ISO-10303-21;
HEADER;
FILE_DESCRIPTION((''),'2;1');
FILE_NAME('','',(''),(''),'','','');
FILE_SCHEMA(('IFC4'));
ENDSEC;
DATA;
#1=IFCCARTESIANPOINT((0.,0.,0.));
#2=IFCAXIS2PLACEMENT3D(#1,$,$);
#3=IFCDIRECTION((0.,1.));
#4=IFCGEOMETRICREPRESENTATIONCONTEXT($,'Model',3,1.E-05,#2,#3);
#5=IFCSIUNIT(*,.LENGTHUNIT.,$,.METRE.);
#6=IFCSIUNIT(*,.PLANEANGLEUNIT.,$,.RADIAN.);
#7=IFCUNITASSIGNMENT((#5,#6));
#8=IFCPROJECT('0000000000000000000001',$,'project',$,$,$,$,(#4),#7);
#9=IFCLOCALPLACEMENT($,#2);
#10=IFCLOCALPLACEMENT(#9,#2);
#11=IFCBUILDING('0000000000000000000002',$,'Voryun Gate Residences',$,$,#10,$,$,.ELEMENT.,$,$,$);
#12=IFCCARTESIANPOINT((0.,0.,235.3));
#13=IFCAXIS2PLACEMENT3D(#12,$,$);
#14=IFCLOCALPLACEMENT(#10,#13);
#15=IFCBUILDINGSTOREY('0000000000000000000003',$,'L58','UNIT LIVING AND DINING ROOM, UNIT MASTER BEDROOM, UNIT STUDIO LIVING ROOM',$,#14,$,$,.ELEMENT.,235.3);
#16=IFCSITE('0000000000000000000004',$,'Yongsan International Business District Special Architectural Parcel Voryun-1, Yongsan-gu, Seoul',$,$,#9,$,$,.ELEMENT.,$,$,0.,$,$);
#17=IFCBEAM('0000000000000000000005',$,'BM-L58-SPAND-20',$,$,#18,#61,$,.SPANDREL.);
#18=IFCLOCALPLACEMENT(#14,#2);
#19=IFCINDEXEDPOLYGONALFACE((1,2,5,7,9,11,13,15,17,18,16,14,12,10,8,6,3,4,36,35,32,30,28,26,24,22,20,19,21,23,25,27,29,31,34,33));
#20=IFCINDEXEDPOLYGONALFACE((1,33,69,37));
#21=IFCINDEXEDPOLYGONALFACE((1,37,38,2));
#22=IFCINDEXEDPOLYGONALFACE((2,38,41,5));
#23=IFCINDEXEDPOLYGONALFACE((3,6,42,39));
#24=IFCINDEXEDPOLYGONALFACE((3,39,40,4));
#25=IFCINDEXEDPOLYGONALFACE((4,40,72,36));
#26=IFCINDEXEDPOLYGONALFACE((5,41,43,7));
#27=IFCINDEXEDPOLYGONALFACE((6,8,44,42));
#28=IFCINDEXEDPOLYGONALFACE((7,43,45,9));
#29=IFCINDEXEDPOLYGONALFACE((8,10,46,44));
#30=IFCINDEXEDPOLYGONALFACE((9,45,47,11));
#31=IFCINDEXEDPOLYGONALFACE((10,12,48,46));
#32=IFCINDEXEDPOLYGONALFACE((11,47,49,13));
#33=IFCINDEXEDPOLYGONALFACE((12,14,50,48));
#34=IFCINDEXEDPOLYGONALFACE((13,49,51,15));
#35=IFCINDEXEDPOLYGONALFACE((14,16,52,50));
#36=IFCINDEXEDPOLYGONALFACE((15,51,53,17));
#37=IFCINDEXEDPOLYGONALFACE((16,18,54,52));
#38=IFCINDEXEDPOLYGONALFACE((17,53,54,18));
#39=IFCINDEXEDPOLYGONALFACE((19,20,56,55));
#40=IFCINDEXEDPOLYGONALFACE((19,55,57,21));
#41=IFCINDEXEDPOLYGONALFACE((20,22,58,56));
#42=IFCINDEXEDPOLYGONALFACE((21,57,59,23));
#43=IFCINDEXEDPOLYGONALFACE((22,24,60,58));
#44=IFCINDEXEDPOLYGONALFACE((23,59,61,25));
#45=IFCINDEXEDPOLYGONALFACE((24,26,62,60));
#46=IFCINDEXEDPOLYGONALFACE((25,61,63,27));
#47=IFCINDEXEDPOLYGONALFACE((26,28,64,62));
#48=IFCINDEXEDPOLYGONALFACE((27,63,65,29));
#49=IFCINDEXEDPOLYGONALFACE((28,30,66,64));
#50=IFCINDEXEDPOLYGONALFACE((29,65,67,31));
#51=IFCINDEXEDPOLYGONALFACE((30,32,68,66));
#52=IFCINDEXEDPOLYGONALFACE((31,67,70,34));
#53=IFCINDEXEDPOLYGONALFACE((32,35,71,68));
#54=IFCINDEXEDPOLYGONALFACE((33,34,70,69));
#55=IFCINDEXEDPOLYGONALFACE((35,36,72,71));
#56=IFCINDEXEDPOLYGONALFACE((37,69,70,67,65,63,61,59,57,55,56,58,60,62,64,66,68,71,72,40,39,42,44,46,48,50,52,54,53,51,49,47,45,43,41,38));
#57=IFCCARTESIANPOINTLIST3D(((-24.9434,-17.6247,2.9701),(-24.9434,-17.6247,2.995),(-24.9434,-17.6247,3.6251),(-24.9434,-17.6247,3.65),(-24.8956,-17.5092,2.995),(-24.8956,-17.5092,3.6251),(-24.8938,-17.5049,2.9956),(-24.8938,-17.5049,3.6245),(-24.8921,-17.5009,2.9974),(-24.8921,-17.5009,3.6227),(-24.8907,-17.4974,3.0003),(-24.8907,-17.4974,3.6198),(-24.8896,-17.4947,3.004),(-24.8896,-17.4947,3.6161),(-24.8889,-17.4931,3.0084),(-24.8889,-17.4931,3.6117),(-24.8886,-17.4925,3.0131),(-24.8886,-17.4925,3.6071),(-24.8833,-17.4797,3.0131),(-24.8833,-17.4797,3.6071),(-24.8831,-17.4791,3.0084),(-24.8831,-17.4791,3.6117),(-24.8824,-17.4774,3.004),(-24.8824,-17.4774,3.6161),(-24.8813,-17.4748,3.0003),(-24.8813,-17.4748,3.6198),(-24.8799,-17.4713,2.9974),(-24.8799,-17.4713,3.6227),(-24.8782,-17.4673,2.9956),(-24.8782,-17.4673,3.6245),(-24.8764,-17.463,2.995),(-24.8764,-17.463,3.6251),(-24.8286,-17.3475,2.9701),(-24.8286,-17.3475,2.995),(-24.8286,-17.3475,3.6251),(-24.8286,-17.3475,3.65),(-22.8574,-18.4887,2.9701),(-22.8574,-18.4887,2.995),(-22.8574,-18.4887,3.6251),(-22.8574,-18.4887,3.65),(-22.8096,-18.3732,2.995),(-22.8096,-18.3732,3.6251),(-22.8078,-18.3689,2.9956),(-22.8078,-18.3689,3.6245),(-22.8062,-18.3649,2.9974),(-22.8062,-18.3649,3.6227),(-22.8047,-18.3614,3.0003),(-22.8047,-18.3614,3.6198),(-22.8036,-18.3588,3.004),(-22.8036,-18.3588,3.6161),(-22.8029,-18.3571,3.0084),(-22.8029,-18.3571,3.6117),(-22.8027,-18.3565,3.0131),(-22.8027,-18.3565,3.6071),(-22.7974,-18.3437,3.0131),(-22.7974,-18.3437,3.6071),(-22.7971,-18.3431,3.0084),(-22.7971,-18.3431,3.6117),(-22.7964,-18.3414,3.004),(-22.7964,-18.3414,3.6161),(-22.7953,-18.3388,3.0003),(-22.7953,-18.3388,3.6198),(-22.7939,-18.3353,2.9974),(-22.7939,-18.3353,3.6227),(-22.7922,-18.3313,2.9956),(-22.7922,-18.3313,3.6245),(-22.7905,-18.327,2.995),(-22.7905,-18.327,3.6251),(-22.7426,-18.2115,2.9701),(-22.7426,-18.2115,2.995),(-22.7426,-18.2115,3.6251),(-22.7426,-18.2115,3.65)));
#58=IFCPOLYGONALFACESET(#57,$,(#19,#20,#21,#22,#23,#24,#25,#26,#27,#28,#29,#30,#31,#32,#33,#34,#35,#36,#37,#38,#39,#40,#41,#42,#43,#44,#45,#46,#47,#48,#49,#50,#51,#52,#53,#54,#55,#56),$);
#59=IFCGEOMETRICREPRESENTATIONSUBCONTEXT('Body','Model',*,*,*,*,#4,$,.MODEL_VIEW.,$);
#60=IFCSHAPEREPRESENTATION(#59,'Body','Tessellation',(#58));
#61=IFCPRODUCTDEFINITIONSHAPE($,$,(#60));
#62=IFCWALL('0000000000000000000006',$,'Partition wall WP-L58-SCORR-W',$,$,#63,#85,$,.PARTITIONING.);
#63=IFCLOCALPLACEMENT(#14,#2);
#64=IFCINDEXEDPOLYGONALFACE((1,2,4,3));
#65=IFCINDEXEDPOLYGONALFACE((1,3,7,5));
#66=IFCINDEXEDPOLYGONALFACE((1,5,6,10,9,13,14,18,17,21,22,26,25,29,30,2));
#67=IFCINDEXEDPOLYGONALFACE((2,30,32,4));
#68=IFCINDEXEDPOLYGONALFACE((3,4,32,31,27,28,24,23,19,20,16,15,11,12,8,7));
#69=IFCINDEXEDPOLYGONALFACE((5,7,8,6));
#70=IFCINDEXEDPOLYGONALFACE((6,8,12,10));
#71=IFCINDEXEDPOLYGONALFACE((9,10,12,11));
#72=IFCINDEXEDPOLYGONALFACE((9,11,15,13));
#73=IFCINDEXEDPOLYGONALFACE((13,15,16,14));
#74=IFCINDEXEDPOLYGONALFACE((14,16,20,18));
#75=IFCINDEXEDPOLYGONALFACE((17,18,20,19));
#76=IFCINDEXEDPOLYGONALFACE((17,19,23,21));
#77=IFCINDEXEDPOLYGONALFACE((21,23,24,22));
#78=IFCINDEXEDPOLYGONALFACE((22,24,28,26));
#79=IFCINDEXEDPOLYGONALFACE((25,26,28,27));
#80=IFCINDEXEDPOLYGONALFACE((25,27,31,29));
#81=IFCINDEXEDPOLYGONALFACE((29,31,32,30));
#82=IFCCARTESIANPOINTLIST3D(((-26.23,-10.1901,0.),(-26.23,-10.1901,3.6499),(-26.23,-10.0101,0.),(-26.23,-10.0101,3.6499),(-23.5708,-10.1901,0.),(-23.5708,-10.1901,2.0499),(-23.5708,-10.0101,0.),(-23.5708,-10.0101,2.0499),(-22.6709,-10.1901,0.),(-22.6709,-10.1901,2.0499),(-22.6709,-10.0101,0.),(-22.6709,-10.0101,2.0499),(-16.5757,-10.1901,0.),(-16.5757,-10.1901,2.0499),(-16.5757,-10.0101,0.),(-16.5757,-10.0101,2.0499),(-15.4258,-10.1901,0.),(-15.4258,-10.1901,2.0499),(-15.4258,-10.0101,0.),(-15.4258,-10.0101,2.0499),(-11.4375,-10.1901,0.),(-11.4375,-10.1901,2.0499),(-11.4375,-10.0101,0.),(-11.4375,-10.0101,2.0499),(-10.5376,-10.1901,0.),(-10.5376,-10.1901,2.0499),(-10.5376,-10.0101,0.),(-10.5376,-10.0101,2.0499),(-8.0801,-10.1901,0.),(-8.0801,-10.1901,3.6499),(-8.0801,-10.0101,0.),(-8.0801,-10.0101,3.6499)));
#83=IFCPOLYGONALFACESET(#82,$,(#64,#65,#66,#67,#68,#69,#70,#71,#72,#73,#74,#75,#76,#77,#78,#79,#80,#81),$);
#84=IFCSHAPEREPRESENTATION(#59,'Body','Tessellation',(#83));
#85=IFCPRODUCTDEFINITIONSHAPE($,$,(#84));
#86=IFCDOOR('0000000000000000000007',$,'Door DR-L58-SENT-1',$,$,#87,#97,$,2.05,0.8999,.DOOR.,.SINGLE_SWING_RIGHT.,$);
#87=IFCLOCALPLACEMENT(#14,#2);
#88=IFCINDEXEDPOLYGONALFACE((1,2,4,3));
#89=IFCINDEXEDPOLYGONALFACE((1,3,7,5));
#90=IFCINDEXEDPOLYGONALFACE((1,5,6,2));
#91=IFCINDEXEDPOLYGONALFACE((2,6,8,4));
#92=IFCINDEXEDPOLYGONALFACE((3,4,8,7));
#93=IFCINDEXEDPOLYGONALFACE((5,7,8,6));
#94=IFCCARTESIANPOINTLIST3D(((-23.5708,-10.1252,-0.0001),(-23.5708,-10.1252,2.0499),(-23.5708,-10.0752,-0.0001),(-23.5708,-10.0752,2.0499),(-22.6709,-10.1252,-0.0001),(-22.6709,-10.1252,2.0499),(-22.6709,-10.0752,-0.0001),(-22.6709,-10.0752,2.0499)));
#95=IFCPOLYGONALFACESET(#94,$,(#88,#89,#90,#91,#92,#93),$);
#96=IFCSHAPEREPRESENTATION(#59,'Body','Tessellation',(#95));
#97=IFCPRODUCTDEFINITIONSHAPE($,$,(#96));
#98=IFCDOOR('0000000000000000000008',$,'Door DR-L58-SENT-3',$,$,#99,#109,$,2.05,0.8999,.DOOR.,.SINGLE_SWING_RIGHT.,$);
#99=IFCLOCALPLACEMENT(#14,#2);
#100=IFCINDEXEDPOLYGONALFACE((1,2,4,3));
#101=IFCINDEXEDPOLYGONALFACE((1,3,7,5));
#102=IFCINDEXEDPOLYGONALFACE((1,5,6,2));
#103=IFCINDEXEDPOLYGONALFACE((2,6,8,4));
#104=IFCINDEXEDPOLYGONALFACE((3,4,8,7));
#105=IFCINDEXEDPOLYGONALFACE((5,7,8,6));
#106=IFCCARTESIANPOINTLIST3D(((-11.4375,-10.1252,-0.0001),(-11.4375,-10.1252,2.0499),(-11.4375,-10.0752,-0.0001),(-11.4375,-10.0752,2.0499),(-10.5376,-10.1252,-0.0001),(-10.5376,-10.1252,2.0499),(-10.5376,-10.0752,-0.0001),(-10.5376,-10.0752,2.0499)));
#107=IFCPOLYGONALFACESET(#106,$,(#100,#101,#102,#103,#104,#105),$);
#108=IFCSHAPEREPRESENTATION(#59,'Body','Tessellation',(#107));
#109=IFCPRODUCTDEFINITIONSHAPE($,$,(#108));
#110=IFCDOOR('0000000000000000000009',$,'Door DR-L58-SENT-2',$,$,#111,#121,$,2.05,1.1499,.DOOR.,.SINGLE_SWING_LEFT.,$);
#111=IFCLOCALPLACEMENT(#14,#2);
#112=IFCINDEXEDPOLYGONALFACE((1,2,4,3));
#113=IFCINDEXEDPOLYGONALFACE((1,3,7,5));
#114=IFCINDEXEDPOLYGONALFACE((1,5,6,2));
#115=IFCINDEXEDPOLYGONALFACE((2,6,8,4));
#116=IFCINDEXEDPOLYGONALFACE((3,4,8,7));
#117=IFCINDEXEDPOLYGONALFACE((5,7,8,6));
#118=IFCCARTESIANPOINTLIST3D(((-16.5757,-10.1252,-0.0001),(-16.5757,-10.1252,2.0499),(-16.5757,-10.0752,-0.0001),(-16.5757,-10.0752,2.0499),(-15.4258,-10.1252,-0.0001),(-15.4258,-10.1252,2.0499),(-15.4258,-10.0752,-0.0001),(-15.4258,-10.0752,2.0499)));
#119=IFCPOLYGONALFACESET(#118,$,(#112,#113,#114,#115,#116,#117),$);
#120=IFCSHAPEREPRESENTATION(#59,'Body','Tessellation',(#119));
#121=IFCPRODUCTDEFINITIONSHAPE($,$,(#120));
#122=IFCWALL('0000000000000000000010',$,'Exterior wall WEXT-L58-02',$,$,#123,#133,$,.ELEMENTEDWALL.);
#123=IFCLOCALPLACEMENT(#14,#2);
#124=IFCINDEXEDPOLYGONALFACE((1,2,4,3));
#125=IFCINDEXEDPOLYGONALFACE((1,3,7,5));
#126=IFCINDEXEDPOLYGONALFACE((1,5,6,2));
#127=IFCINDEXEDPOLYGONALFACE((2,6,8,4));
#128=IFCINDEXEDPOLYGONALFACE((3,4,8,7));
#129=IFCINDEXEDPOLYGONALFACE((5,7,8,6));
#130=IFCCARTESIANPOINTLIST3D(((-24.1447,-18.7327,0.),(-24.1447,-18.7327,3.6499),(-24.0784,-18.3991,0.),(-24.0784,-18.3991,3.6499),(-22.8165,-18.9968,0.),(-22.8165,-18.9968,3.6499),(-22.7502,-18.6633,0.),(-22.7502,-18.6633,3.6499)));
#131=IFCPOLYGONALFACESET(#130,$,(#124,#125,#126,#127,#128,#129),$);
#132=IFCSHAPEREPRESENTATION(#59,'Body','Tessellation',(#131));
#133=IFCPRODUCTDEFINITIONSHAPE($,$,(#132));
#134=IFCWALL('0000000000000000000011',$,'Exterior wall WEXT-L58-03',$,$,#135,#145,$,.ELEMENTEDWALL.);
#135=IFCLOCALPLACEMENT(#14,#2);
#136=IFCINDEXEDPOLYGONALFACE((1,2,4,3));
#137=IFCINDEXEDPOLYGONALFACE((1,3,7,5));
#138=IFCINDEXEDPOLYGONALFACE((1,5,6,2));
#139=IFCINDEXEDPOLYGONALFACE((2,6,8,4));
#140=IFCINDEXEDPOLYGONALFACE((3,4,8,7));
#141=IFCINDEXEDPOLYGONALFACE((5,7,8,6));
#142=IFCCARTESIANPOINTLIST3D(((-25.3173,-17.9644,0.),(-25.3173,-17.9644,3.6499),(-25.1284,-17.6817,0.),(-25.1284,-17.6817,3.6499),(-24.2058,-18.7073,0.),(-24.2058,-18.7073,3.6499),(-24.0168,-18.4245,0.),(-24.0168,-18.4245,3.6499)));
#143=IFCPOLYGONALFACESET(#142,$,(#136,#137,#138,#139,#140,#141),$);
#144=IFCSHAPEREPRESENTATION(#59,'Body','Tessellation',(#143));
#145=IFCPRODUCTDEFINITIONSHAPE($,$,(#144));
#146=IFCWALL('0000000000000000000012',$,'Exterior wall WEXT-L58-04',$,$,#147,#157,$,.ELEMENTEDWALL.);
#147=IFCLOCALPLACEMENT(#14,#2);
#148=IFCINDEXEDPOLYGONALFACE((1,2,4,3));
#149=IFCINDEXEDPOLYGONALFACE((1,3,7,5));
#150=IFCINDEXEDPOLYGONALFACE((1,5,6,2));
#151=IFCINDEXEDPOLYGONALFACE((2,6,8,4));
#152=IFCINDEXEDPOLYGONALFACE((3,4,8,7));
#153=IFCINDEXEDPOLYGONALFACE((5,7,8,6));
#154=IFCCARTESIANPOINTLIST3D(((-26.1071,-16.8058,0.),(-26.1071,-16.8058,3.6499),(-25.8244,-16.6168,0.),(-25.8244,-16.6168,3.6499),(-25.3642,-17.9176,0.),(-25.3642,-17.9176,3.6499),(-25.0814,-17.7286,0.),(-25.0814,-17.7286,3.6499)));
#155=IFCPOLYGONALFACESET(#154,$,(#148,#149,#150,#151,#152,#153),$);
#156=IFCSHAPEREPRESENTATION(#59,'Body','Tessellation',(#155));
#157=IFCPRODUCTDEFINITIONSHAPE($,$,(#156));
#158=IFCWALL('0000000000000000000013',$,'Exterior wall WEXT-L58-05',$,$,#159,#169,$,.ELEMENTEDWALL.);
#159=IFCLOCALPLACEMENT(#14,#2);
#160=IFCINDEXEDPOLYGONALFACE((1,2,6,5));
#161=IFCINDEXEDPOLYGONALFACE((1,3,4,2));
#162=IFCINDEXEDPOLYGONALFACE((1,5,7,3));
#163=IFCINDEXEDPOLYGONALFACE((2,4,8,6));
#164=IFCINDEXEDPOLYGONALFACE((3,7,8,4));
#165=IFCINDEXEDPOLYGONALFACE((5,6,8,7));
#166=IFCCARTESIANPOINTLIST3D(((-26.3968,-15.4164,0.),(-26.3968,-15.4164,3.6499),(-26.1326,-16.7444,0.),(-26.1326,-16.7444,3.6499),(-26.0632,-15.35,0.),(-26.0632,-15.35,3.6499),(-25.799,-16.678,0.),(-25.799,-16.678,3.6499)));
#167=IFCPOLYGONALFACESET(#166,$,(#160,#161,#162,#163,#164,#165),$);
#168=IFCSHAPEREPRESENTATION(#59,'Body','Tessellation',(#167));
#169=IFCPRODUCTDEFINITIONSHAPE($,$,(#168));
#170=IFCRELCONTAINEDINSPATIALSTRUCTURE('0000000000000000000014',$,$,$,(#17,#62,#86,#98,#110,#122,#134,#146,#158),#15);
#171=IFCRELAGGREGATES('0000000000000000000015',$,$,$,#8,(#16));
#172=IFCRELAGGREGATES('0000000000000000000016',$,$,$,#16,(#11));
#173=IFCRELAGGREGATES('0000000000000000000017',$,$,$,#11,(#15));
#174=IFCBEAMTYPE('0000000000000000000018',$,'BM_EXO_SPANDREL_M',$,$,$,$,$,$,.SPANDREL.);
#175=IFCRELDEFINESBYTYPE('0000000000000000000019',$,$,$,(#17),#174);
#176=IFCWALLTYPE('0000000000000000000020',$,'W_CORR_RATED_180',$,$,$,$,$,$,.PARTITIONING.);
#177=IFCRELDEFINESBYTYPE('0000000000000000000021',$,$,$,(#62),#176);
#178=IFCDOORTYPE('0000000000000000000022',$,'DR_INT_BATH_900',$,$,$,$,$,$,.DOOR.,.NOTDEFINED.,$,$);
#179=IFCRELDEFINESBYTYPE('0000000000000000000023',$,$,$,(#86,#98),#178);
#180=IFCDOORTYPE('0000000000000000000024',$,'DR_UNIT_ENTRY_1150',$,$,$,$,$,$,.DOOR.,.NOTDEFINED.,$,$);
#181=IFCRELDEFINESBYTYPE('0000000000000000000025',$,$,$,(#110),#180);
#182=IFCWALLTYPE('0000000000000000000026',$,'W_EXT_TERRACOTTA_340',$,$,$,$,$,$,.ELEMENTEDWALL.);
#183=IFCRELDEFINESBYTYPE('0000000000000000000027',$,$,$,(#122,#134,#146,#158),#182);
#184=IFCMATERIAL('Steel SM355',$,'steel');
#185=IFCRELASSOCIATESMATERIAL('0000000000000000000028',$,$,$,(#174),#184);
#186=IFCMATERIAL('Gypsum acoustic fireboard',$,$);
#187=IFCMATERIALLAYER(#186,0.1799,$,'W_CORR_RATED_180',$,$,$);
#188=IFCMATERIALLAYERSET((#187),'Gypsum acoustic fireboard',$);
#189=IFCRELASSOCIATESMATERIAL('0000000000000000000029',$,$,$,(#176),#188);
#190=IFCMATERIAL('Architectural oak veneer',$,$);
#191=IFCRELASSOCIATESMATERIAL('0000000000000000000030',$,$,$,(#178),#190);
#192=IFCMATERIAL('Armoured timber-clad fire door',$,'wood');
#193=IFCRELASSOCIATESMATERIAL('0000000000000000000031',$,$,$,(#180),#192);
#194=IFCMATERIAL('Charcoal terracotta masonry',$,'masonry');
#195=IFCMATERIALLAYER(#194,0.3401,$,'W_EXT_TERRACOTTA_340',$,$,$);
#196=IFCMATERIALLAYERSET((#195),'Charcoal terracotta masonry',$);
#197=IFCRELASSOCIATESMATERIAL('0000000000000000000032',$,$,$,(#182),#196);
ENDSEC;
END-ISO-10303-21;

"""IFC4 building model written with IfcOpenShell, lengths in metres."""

from ifc_helpers import new_model, si_unit, direction, frame, frame_2d, origin, origin_2d, place, context, subcontext, project, spatial, rectangle, i_section, extrude, material, layer, layer_set, material_profile, profile_set, type_object, element, fill, save


model = new_model("IFC4")

# Units and contexts
model_context = context("Model", 3, precision=1e-05, world=origin(), true_north=direction((0.0, 1.0)))
body_context = subcontext(model_context, "Body", "Model", "MODEL_VIEW")
ifc_project = project(units=[si_unit("LENGTHUNIT", "METRE"), si_unit("PLANEANGLEUNIT", "RADIAN")], contexts=[model_context])

# Site, building, storey
site_placement = place(None, origin())
site = spatial("IfcSite", under=ifc_project, at=site_placement, Name="Yongsan International Business District Special Architectural Parcel Voryun-1, Yongsan-gu, Seoul", CompositionType="ELEMENT", RefElevation=0.0)
building_placement = place(site_placement, origin())
building = spatial("IfcBuilding", under=site, at=building_placement, Name="Voryun Gate Residences", CompositionType="ELEMENT")
storey_placement = place(building_placement, frame((0.0, 0.0, 235.3)))
storey = spatial("IfcBuildingStorey", under=building, at=storey_placement, Name="L58", Description="UNIT LIVING AND DINING ROOM, UNIT MASTER BEDROOM, UNIT STUDIO LIVING ROOM", CompositionType="ELEMENT", Elevation=235.3)

# Beam
ifc_material_1 = material(Name="Steel SM355", Category="steel")
ifc_material_profile_1 = material_profile(ifc_material_1, i_section(OverallWidth=0.3, OverallDepth=0.6799, WebThickness=0.0139, FlangeThickness=0.0249, FilletRadius=0.0181, at=origin_2d()), Name="H-680x300x14x25")
ifc_profile_set_1 = profile_set([ifc_material_profile_1], Name="Steel SM355")
beam_type = type_object("IfcBeamType", Name="BM_EXO_SPANDREL_M", PredefinedType="SPANDREL", material=ifc_profile_set_1)
beam_1_placement = place(storey_placement, frame((-24.886, -17.4861, 3.3101), z_axis=(0.923881, -0.38268, 0.0), x_axis=(0.38268, 0.923881, 0.0)))
element("IfcBeam", 1, at=beam_1_placement, inside=storey, type_object=beam_type, Name="BM-L58-SPAND-20", PredefinedType="SPANDREL", context=body_context, shape_type="SweptSolid", body=[
    extrude(i_section(OverallWidth=0.3, OverallDepth=0.6799, WebThickness=0.0139, FlangeThickness=0.0249, FilletRadius=0.0181, at=origin_2d()), origin(), (0.0, 0.0, 1.0), 2.2578),
])

# Wall, openings, doors
ifc_material_2 = material(Name="Gypsum acoustic fireboard")
ifc_layer_1 = layer(ifc_material_2, 0.1799, Name="W_CORR_RATED_180")
ifc_layer_set_1 = layer_set([ifc_layer_1], Name="Gypsum acoustic fireboard")
wall_type_1 = type_object("IfcWallType", Name="W_CORR_RATED_180", PredefinedType="PARTITIONING", material=ifc_layer_set_1)
wall_1_placement = place(storey_placement, frame((-26.23, -10.1001, 0.0), z_axis=(0.0, 0.0, 1.0), x_axis=(1.0, 0.0, 0.0)))
wall_1 = element("IfcWall", 2, at=wall_1_placement, inside=storey, type_object=wall_type_1, Name="Partition wall WP-L58-SCORR-W", PredefinedType="PARTITIONING", context=body_context, shape_type="SweptSolid", body=[
    extrude(rectangle(XDim=18.1499, YDim=0.1799, at=frame_2d((9.075, 0.0))), origin(), (0.0, 0.0, 1.0), 3.6499),
])
opening_1_placement = place(wall_1_placement, frame((2.6592, 0.0, 0.0)))
opening_1 = element("IfcOpeningElement", 3, at=opening_1_placement, cuts=wall_1, PredefinedType="OPENING", context=body_context, shape_type="SweptSolid", body=[
    extrude(rectangle(XDim=0.8999, YDim=2.05, at=frame_2d((0.45, 1.0249))), frame((0.0, 0.0999, 0.0), z_axis=(0.0, -1.0, 0.0), x_axis=(1.0, 0.0, 0.0)), (0.0, 0.0, 1.0), 0.2),
])
opening_2_placement = place(wall_1_placement, frame((9.6543, 0.0, 0.0)))
opening_2 = element("IfcOpeningElement", 4, at=opening_2_placement, cuts=wall_1, PredefinedType="OPENING", context=body_context, shape_type="SweptSolid", body=[
    extrude(rectangle(XDim=1.1499, YDim=2.05, at=frame_2d((0.575, 1.0249))), frame((0.0, 0.0999, 0.0), z_axis=(0.0, -1.0, 0.0), x_axis=(1.0, 0.0, 0.0)), (0.0, 0.0, 1.0), 0.2),
])
opening_3_placement = place(wall_1_placement, frame((14.7925, 0.0, 0.0)))
opening_3 = element("IfcOpeningElement", 5, at=opening_3_placement, cuts=wall_1, PredefinedType="OPENING", context=body_context, shape_type="SweptSolid", body=[
    extrude(rectangle(XDim=0.8999, YDim=2.05, at=frame_2d((0.45, 1.0249))), frame((0.0, 0.0999, 0.0), z_axis=(0.0, -1.0, 0.0), x_axis=(1.0, 0.0, 0.0)), (0.0, 0.0, 1.0), 0.2),
])
ifc_material_3 = material(Name="Architectural oak veneer")
door_type_1 = type_object("IfcDoorType", Name="DR_INT_BATH_900", OperationType="NOTDEFINED", PredefinedType="DOOR", material=ifc_material_3)
door_1_placement = place(opening_1_placement, origin())
door_1 = element("IfcDoor", 6, at=door_1_placement, inside=storey, type_object=door_type_1, Name="Door DR-L58-SENT-1", OperationType="SINGLE_SWING_RIGHT", OverallHeight=2.05, OverallWidth=0.8999, PredefinedType="DOOR", context=body_context, shape_type="SweptSolid", body=[
    extrude(rectangle(XDim=0.8999, YDim=2.05, at=frame_2d((0.45, 1.0249))), frame((0.0, 0.0249, 0.0), z_axis=(0.0, -1.0, 0.0), x_axis=(1.0, 0.0, 0.0)), (0.0, 0.0, 1.0), 0.05),
])
fill(opening_1, door_1)
door_2_placement = place(opening_3_placement, origin())
door_2 = element("IfcDoor", 7, at=door_2_placement, inside=storey, type_object=door_type_1, Name="Door DR-L58-SENT-3", OperationType="SINGLE_SWING_RIGHT", OverallHeight=2.05, OverallWidth=0.8999, PredefinedType="DOOR", context=body_context, shape_type="SweptSolid", body=[
    extrude(rectangle(XDim=0.8999, YDim=2.05, at=frame_2d((0.45, 1.0249))), frame((0.0, 0.0249, 0.0), z_axis=(0.0, -1.0, 0.0), x_axis=(1.0, 0.0, 0.0)), (0.0, 0.0, 1.0), 0.05),
])
fill(opening_3, door_2)
ifc_material_4 = material(Name="Armoured timber-clad fire door", Category="wood")
door_type_2 = type_object("IfcDoorType", Name="DR_UNIT_ENTRY_1150", OperationType="NOTDEFINED", PredefinedType="DOOR", material=ifc_material_4)
door_3_placement = place(opening_2_placement, origin())
door_3 = element("IfcDoor", 8, at=door_3_placement, inside=storey, type_object=door_type_2, Name="Door DR-L58-SENT-2", OperationType="SINGLE_SWING_LEFT", OverallHeight=2.05, OverallWidth=1.1499, PredefinedType="DOOR", context=body_context, shape_type="SweptSolid", body=[
    extrude(rectangle(XDim=1.1499, YDim=2.05, at=frame_2d((0.575, 1.0249))), frame((0.0, 0.0249, 0.0), z_axis=(0.0, -1.0, 0.0), x_axis=(1.0, 0.0, 0.0)), (0.0, 0.0, 1.0), 0.05),
])
fill(opening_2, door_3)

# Walls
ifc_material_5 = material(Name="Charcoal terracotta masonry", Category="masonry")
ifc_layer_2 = layer(ifc_material_5, 0.3401, Name="W_EXT_TERRACOTTA_340")
ifc_layer_set_2 = layer_set([ifc_layer_2], Name="Charcoal terracotta masonry")
wall_type_2 = type_object("IfcWallType", Name="W_EXT_TERRACOTTA_340", PredefinedType="ELEMENTEDWALL", material=ifc_layer_set_2)
wall_2_placement = place(storey_placement, frame((-22.7832, -18.8301, 0.0), z_axis=(0.0, 0.0, 1.0), x_axis=(-0.980788, 0.195076, 0.0)))
element("IfcWall", 9, at=wall_2_placement, inside=storey, type_object=wall_type_2, Name="Exterior wall WEXT-L58-02", PredefinedType="ELEMENTEDWALL", context=body_context, shape_type="SweptSolid", body=[
    extrude(rectangle(XDim=1.3542, YDim=0.3401, at=frame_2d((0.6772, 0.0))), origin(), (0.0, 0.0, 1.0), 3.6499),
])
wall_3_placement = place(storey_placement, frame((-24.1113, -18.5659, 0.0), z_axis=(0.0, 0.0, 1.0), x_axis=(-0.831404, 0.555669, 0.0)))
element("IfcWall", 10, at=wall_3_placement, inside=storey, type_object=wall_type_2, Name="Exterior wall WEXT-L58-03", PredefinedType="ELEMENTEDWALL", context=body_context, shape_type="SweptSolid", body=[
    extrude(rectangle(XDim=1.3369, YDim=0.3401, at=frame_2d((0.6685, 0.0))), origin(), (0.0, 0.0, 1.0), 3.6499),
])
wall_4_placement = place(storey_placement, frame((-25.2229, -17.823, 0.0), z_axis=(0.0, 0.0, 1.0), x_axis=(-0.555585, 0.83146, 0.0)))
element("IfcWall", 11, at=wall_4_placement, inside=storey, type_object=wall_type_2, Name="Exterior wall WEXT-L58-04", PredefinedType="ELEMENTEDWALL", context=body_context, shape_type="SweptSolid", body=[
    extrude(rectangle(XDim=1.3372, YDim=0.3401, at=frame_2d((0.6685, 0.0))), origin(), (0.0, 0.0, 1.0), 3.6499),
])
wall_5_placement = place(storey_placement, frame((-25.9658, -16.7112, 0.0), z_axis=(0.0, 0.0, 1.0), x_axis=(-0.19511, 0.980781, 0.0)))
element("IfcWall", 12, at=wall_5_placement, inside=storey, type_object=wall_type_2, Name="Exterior wall WEXT-L58-05", PredefinedType="ELEMENTEDWALL", context=body_context, shape_type="SweptSolid", body=[
    extrude(rectangle(XDim=1.354, YDim=0.3401, at=frame_2d((0.677, 0.0))), origin(), (0.0, 0.0, 1.0), 3.6499),
])

save(model, "model.ifc")
